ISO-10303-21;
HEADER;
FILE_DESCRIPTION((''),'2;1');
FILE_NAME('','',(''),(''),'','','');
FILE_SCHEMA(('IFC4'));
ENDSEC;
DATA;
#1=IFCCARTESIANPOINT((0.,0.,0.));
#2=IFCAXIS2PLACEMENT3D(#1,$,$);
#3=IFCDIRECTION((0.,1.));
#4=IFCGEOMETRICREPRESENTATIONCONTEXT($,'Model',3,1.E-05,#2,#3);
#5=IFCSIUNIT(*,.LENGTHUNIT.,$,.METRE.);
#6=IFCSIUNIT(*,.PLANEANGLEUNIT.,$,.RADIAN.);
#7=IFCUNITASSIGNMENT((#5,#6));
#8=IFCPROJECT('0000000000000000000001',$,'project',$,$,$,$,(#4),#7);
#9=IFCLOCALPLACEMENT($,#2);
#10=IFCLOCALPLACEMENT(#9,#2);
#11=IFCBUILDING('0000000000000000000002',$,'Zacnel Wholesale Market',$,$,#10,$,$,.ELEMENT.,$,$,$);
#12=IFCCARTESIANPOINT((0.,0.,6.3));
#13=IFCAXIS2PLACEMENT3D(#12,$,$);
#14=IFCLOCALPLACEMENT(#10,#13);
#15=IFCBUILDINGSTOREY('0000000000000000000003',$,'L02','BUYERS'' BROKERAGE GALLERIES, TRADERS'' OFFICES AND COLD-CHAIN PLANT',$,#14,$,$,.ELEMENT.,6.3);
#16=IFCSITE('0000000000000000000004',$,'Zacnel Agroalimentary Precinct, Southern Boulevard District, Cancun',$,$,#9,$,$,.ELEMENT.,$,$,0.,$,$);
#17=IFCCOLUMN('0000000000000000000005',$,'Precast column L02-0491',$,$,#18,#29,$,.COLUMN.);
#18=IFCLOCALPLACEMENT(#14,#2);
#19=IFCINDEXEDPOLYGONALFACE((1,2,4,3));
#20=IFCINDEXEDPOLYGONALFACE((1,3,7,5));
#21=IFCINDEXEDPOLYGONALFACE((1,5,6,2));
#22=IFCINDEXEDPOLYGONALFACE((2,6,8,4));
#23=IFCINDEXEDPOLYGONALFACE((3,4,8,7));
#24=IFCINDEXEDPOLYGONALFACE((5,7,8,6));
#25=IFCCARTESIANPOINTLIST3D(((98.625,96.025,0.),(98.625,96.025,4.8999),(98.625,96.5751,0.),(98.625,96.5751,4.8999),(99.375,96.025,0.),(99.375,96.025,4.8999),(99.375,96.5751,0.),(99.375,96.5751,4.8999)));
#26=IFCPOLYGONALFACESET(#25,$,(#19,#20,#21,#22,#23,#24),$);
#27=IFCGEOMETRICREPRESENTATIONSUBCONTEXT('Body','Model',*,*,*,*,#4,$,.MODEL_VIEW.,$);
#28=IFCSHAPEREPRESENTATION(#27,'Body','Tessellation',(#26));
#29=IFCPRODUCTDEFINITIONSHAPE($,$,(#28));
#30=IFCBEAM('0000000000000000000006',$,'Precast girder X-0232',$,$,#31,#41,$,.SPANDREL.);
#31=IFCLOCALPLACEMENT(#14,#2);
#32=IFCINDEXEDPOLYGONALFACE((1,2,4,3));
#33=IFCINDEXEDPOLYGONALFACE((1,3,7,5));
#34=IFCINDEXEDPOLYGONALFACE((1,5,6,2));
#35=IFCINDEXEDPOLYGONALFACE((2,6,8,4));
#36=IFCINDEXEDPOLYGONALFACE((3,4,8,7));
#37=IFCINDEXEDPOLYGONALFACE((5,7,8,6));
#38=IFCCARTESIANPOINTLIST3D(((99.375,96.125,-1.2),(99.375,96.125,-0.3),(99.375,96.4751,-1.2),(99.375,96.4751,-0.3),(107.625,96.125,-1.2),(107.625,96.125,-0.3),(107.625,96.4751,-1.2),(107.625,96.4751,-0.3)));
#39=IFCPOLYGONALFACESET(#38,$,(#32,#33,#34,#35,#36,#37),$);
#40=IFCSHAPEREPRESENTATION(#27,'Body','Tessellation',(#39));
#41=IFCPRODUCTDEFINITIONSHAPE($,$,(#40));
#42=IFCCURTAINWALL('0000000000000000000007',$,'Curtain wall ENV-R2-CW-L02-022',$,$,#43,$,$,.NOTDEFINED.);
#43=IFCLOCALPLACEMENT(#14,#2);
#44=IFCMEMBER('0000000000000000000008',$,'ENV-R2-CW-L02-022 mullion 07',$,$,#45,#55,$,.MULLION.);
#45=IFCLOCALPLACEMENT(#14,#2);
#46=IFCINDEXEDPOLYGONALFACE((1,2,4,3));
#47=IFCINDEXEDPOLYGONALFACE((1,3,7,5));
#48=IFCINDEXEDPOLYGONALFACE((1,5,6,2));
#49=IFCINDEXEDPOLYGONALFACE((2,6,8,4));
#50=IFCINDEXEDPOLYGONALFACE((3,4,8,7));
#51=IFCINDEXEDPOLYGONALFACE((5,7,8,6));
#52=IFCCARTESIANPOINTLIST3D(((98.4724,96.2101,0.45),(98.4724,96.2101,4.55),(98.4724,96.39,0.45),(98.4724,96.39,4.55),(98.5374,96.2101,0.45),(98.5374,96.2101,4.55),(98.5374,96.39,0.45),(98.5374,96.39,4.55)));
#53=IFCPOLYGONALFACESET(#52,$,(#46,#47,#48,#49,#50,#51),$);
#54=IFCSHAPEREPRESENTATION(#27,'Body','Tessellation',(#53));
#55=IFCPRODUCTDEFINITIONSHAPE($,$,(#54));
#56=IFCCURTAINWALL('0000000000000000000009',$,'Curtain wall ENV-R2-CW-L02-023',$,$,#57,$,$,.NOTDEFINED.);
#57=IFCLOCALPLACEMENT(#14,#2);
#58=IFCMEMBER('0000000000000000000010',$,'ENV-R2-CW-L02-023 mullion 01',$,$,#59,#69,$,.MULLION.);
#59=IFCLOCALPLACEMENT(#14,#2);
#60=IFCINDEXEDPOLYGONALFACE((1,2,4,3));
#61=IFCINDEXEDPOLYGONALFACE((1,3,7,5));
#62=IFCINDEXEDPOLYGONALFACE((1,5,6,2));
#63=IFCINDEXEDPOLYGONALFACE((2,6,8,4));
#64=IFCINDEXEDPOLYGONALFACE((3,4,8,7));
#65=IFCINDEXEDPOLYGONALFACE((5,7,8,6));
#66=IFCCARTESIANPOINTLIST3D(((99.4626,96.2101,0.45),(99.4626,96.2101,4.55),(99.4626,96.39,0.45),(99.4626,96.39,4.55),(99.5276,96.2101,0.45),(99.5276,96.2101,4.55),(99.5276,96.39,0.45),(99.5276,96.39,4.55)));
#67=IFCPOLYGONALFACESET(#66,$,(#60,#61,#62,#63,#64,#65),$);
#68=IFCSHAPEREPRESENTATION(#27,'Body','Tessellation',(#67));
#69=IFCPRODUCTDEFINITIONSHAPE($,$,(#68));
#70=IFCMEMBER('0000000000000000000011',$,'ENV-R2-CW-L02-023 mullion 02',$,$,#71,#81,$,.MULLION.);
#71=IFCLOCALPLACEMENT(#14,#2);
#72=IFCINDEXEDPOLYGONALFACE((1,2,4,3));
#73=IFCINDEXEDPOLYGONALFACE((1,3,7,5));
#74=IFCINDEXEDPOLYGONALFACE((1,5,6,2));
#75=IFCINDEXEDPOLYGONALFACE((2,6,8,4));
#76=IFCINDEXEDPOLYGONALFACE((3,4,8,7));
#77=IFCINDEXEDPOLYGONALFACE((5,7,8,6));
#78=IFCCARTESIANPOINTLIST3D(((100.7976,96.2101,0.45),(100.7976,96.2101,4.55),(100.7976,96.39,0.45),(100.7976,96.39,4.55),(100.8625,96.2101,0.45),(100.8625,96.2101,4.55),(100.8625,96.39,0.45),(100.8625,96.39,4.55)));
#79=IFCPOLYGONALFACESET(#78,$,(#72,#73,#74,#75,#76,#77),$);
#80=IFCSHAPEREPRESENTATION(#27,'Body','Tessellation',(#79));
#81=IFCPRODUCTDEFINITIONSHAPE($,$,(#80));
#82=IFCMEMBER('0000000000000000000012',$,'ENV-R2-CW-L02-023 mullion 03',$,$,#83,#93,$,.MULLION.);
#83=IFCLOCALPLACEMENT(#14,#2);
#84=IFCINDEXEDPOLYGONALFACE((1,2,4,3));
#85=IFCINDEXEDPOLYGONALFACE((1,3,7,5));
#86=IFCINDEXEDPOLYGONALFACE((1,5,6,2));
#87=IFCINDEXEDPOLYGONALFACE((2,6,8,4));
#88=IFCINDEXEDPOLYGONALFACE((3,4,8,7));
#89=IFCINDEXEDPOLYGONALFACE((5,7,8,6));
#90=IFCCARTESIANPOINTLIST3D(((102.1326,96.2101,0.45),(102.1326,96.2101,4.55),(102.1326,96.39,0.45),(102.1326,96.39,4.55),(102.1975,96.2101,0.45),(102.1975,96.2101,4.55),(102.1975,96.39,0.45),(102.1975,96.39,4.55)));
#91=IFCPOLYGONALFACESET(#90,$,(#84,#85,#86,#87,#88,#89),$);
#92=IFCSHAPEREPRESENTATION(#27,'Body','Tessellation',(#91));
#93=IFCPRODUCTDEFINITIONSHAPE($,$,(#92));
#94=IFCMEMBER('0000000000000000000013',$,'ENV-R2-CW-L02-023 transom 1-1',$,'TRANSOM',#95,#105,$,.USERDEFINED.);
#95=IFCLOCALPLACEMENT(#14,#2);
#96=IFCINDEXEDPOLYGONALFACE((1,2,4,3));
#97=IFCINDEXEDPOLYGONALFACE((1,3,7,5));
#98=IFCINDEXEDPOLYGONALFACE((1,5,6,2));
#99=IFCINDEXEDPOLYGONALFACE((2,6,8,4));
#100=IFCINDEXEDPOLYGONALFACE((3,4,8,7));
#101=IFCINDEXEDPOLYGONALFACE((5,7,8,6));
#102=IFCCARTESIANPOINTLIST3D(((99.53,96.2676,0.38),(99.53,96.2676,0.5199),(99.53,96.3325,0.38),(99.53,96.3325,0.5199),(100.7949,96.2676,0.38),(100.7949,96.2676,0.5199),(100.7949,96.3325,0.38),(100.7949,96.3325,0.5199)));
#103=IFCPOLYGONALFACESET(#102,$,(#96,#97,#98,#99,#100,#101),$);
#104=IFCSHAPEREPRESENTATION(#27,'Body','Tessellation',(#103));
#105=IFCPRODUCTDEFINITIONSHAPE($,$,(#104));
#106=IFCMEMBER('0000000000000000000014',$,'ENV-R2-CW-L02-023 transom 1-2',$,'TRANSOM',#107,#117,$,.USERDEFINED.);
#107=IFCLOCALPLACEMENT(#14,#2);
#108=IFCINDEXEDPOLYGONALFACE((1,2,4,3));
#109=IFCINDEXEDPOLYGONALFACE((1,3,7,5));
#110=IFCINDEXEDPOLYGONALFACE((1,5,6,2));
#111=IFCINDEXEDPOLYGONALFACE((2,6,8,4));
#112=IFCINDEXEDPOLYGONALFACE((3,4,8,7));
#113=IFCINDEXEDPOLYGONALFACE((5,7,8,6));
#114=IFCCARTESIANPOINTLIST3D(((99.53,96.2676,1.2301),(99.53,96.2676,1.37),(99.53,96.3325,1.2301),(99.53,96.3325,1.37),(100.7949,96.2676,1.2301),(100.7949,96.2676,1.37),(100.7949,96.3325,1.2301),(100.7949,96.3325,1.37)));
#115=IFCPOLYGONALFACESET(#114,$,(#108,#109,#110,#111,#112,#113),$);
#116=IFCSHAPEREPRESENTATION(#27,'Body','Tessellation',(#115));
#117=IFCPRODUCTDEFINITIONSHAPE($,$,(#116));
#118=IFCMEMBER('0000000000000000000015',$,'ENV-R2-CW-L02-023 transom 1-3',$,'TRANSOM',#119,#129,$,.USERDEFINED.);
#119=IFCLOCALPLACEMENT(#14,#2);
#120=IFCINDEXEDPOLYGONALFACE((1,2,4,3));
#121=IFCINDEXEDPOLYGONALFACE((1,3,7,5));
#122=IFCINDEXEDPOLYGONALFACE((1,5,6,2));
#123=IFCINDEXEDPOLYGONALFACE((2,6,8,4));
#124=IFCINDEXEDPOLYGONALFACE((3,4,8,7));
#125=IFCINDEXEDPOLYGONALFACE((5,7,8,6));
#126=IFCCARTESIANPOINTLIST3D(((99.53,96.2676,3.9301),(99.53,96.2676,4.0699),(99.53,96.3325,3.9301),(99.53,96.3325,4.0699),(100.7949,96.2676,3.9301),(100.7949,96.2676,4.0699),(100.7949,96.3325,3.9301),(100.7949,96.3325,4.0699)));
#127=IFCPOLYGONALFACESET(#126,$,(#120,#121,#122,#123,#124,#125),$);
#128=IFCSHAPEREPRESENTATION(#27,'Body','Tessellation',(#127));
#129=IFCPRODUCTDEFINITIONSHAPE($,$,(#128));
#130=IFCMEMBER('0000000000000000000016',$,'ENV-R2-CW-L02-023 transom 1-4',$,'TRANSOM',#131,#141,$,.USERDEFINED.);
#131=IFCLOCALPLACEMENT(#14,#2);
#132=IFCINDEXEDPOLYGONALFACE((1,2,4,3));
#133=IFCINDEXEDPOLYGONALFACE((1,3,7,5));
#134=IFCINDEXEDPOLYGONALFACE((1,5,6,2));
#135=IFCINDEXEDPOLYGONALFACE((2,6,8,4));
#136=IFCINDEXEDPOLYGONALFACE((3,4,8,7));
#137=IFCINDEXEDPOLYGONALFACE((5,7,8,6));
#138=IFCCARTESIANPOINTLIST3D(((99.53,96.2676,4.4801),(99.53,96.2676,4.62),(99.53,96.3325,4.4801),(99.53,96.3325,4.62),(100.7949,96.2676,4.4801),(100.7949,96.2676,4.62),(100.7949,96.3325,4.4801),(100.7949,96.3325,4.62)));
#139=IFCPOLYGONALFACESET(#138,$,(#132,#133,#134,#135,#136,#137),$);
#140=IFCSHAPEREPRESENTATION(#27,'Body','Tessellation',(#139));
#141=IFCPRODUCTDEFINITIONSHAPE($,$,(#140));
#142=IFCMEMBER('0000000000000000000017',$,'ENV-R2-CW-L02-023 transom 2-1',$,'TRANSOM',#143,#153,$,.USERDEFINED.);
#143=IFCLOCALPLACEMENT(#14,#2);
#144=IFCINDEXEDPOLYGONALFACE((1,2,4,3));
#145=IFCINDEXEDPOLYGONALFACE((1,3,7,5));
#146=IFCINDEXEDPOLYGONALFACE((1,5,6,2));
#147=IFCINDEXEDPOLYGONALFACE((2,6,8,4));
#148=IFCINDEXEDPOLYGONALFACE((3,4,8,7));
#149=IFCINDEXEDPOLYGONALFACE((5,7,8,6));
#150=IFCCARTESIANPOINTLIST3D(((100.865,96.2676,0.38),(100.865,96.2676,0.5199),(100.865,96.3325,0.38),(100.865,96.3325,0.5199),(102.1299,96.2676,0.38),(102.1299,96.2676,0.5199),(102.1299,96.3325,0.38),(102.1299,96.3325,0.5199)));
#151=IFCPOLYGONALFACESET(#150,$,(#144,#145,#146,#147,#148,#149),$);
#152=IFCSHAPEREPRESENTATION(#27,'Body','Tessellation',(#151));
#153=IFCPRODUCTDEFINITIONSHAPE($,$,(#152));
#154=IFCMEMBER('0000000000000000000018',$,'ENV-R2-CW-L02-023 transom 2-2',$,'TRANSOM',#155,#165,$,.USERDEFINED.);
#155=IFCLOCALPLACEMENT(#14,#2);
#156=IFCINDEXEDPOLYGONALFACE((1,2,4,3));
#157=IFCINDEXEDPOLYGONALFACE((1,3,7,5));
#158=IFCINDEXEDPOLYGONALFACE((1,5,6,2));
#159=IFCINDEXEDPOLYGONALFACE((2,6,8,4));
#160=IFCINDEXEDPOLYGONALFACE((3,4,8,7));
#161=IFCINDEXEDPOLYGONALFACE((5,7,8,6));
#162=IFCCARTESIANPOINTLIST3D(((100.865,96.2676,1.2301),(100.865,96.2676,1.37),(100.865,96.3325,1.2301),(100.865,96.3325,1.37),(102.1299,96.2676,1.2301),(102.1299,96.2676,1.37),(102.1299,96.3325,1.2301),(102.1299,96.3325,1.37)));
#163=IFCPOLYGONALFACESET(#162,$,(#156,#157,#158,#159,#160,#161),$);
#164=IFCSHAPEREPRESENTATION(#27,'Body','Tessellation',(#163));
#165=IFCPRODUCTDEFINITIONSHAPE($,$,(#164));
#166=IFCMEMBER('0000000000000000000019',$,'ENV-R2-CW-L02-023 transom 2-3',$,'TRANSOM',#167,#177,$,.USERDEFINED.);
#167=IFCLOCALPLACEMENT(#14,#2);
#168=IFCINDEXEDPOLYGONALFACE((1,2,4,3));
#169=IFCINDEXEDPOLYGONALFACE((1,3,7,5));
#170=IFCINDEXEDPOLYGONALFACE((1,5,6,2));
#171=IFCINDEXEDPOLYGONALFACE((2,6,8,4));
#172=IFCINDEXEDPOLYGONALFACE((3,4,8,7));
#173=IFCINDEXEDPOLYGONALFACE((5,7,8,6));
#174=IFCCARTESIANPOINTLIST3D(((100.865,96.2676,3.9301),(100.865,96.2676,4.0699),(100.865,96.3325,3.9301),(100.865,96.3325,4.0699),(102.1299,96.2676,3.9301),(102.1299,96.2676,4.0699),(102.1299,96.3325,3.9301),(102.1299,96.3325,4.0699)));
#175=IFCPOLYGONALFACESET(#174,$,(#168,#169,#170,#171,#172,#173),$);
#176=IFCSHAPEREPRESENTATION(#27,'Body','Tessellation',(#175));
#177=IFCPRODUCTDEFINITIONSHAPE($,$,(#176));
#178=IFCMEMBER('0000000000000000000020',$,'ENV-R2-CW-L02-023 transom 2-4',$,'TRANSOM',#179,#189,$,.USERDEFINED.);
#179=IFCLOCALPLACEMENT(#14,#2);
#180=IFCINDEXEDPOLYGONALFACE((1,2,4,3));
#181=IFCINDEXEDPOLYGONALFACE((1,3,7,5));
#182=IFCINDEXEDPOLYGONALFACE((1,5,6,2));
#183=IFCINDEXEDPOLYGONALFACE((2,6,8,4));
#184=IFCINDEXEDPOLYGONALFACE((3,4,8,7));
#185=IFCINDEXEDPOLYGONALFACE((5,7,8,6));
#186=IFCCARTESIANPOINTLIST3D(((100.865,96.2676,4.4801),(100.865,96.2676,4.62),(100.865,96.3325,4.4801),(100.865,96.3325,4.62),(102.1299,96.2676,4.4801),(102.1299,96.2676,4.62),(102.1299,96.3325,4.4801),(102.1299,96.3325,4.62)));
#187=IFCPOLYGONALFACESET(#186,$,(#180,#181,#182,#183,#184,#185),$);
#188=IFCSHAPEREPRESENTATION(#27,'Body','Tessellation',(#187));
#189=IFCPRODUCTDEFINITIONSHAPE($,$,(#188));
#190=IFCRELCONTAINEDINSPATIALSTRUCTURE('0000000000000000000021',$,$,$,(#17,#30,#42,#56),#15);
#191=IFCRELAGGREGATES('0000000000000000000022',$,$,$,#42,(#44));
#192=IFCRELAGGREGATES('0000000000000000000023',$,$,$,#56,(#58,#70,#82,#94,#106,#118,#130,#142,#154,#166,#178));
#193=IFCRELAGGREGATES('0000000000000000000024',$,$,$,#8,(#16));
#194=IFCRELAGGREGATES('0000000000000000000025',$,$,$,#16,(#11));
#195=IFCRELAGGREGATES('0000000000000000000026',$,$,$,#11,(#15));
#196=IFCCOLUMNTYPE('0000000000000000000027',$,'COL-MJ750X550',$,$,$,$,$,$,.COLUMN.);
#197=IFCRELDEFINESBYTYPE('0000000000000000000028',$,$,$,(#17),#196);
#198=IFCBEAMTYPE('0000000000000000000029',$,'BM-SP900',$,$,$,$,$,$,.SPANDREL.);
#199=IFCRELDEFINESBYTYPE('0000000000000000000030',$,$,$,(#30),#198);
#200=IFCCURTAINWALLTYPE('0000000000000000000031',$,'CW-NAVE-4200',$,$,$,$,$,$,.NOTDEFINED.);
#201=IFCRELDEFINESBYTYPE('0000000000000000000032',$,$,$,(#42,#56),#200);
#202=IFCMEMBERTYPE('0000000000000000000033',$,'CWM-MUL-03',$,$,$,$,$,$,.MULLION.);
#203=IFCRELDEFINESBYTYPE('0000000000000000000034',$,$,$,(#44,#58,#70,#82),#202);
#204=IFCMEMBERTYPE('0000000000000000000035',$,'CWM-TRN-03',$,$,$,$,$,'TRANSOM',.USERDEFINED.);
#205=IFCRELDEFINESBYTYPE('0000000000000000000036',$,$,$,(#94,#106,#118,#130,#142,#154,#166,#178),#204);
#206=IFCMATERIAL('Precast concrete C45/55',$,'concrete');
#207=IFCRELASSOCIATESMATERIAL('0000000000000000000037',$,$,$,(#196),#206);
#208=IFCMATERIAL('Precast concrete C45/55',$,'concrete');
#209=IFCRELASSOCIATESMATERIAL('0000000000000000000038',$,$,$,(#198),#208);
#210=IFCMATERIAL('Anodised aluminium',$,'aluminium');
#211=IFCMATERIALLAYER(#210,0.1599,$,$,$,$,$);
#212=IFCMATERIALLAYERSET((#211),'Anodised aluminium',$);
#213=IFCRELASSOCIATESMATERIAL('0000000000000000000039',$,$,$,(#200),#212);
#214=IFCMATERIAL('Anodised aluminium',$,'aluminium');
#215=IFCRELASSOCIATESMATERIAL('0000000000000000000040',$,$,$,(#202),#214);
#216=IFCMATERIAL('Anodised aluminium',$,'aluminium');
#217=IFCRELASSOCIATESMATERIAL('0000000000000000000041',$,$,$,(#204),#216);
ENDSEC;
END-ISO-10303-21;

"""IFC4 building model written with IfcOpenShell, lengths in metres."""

from ifc_helpers import new_model, si_unit, direction, frame, origin, origin_2d, place, context, subcontext, project, spatial, rectangle, extrude, material, layer, layer_set, material_profile, profile_set, type_object, element, aggregate, save


model = new_model("IFC4")

# Units and contexts
model_context = context("Model", 3, precision=1e-05, world=origin(), true_north=direction((0.0, 1.0)))
body_context = subcontext(model_context, "Body", "Model", "MODEL_VIEW")
ifc_project = project(units=[si_unit("LENGTHUNIT", "METRE"), si_unit("PLANEANGLEUNIT", "RADIAN")], contexts=[model_context])

# Site, building, storey
site_placement = place(None, origin())
site = spatial("IfcSite", under=ifc_project, at=site_placement, Name="Zacnel Agroalimentary Precinct, Southern Boulevard District, Cancun", CompositionType="ELEMENT", RefElevation=0.0)
building_placement = place(site_placement, origin())
building = spatial("IfcBuilding", under=site, at=building_placement, Name="Zacnel Wholesale Market", CompositionType="ELEMENT")
storey_placement = place(building_placement, frame((0.0, 0.0, 6.3)))
storey = spatial("IfcBuildingStorey", under=building, at=storey_placement, Name="L02", Description="BUYERS' BROKERAGE GALLERIES, TRADERS' OFFICES AND COLD-CHAIN PLANT", CompositionType="ELEMENT", Elevation=6.3)

# Column
ifc_material_1 = material(Name="Precast concrete C45/55", Category="concrete")
ifc_material_profile_1 = material_profile(ifc_material_1, rectangle(XDim=0.75, YDim=0.55, at=origin_2d()), Name="PC 750x550")
ifc_profile_set_1 = profile_set([ifc_material_profile_1], Name="Precast concrete C45/55")
column_type = type_object("IfcColumnType", Name="COL-MJ750X550", PredefinedType="COLUMN", material=ifc_profile_set_1)
column_placement = place(storey_placement, frame((99.0, 96.3, 0.0), z_axis=(0.0, 0.0, 1.0), x_axis=(1.0, 0.0, 0.0)))
element("IfcColumn", 1, at=column_placement, inside=storey, type_object=column_type, Name="Precast column L02-0491", PredefinedType="COLUMN", context=body_context, shape_type="SweptSolid", body=[
    extrude(rectangle(XDim=0.75, YDim=0.55, at=origin_2d()), origin(), (0.0, 0.0, 1.0), 4.8999),
])

# Beam
ifc_material_2 = material(Name="Precast concrete C45/55", Category="concrete")
ifc_material_profile_2 = material_profile(ifc_material_2, rectangle(XDim=0.3501, YDim=0.8999, at=origin_2d()), Name="SP 350x900")
ifc_profile_set_2 = profile_set([ifc_material_profile_2], Name="Precast concrete C45/55")
beam_type = type_object("IfcBeamType", Name="BM-SP900", PredefinedType="SPANDREL", material=ifc_profile_set_2)
beam_placement = place(storey_placement, frame((99.375, 96.3, -0.75), z_axis=(1.0, 0.0, 0.0), x_axis=(0.0, 1.0, 0.0)))
element("IfcBeam", 2, at=beam_placement, inside=storey, type_object=beam_type, Name="Precast girder X-0232", PredefinedType="SPANDREL", context=body_context, shape_type="SweptSolid", body=[
    extrude(rectangle(XDim=0.3501, YDim=0.8999, at=origin_2d()), origin(), (0.0, 0.0, 1.0), 8.25),
])

# Curtain wall, member
ifc_material_3 = material(Name="Anodised aluminium", Category="aluminium")
ifc_layer_1 = layer(ifc_material_3, 0.1599)
ifc_layer_set_1 = layer_set([ifc_layer_1], Name="Anodised aluminium")
curtain_wall_type = type_object("IfcCurtainWallType", Name="CW-NAVE-4200", PredefinedType="NOTDEFINED", material=ifc_layer_set_1)
curtain_wall_1_placement = place(storey_placement, origin())
curtain_wall_1 = element("IfcCurtainWall", 3, at=curtain_wall_1_placement, inside=storey, type_object=curtain_wall_type, Name="Curtain wall ENV-R2-CW-L02-022", PredefinedType="NOTDEFINED")
ifc_material_4 = material(Name="Anodised aluminium", Category="aluminium")
ifc_material_profile_3 = material_profile(ifc_material_4, rectangle(XDim=0.0649, YDim=0.1799, at=origin_2d()), Name="AW-MULLION 65x180")
ifc_profile_set_3 = profile_set([ifc_material_profile_3], Name="Anodised aluminium")
member_type_1 = type_object("IfcMemberType", Name="CWM-MUL-03", PredefinedType="MULLION", material=ifc_profile_set_3)
member_1_placement = place(storey_placement, frame((98.5049, 96.3, 0.45), z_axis=(0.0, 0.0, 1.0), x_axis=(1.0, 0.0, 0.0)))
member_1 = element("IfcMember", 4, at=member_1_placement, type_object=member_type_1, Name="ENV-R2-CW-L02-022 mullion 07", PredefinedType="MULLION", context=body_context, shape_type="SweptSolid", body=[
    extrude(rectangle(XDim=0.0649, YDim=0.1799, at=origin_2d()), origin(), (0.0, 0.0, 1.0), 4.1001),
])

# Curtain wall, members
curtain_wall_2_placement = place(storey_placement, origin())
curtain_wall_2 = element("IfcCurtainWall", 5, at=curtain_wall_2_placement, inside=storey, type_object=curtain_wall_type, Name="Curtain wall ENV-R2-CW-L02-023", PredefinedType="NOTDEFINED")
member_2_placement = place(storey_placement, frame((99.4951, 96.3, 0.45), z_axis=(0.0, 0.0, 1.0), x_axis=(1.0, 0.0, 0.0)))
member_2 = element("IfcMember", 6, at=member_2_placement, type_object=member_type_1, Name="ENV-R2-CW-L02-023 mullion 01", PredefinedType="MULLION", context=body_context, shape_type="SweptSolid", body=[
    extrude(rectangle(XDim=0.0649, YDim=0.1799, at=origin_2d()), origin(), (0.0, 0.0, 1.0), 4.1001),
])
member_3_placement = place(storey_placement, frame((100.8301, 96.3, 0.45), z_axis=(0.0, 0.0, 1.0), x_axis=(1.0, 0.0, 0.0)))
member_3 = element("IfcMember", 7, at=member_3_placement, type_object=member_type_1, Name="ENV-R2-CW-L02-023 mullion 02", PredefinedType="MULLION", context=body_context, shape_type="SweptSolid", body=[
    extrude(rectangle(XDim=0.0649, YDim=0.1799, at=origin_2d()), origin(), (0.0, 0.0, 1.0), 4.1001),
])
member_4_placement = place(storey_placement, frame((102.165, 96.3, 0.45), z_axis=(0.0, 0.0, 1.0), x_axis=(1.0, 0.0, 0.0)))
member_4 = element("IfcMember", 8, at=member_4_placement, type_object=member_type_1, Name="ENV-R2-CW-L02-023 mullion 03", PredefinedType="MULLION", context=body_context, shape_type="SweptSolid", body=[
    extrude(rectangle(XDim=0.0649, YDim=0.1799, at=origin_2d()), origin(), (0.0, 0.0, 1.0), 4.1001),
])
ifc_material_5 = material(Name="Anodised aluminium", Category="aluminium")
ifc_material_profile_4 = material_profile(ifc_material_5, rectangle(XDim=0.0649, YDim=0.1399, at=origin_2d()), Name="AW-TRANSOM 65x140")
ifc_profile_set_4 = profile_set([ifc_material_profile_4], Name="Anodised aluminium")
member_type_2 = type_object("IfcMemberType", Name="CWM-TRN-03", ElementType="TRANSOM", PredefinedType="USERDEFINED", material=ifc_profile_set_4)
member_5_placement = place(storey_placement, frame((99.53, 96.3, 0.45), z_axis=(1.0, 0.0, 0.0), x_axis=(0.0, 1.0, 0.0)))
member_5 = element("IfcMember", 9, at=member_5_placement, type_object=member_type_2, Name="ENV-R2-CW-L02-023 transom 1-1", ObjectType="TRANSOM", PredefinedType="USERDEFINED", context=body_context, shape_type="SweptSolid", body=[
    extrude(rectangle(XDim=0.0649, YDim=0.1399, at=origin_2d()), origin(), (0.0, 0.0, 1.0), 1.2649),
])
member_6_placement = place(storey_placement, frame((99.53, 96.3, 1.3), z_axis=(1.0, 0.0, 0.0), x_axis=(0.0, 1.0, 0.0)))
member_6 = element("IfcMember", 10, at=member_6_placement, type_object=member_type_2, Name="ENV-R2-CW-L02-023 transom 1-2", ObjectType="TRANSOM", PredefinedType="USERDEFINED", context=body_context, shape_type="SweptSolid", body=[
    extrude(rectangle(XDim=0.0649, YDim=0.1399, at=origin_2d()), origin(), (0.0, 0.0, 1.0), 1.2649),
])
member_7_placement = place(storey_placement, frame((99.53, 96.3, 4.0), z_axis=(1.0, 0.0, 0.0), x_axis=(0.0, 1.0, 0.0)))
member_7 = element("IfcMember", 11, at=member_7_placement, type_object=member_type_2, Name="ENV-R2-CW-L02-023 transom 1-3", ObjectType="TRANSOM", PredefinedType="USERDEFINED", context=body_context, shape_type="SweptSolid", body=[
    extrude(rectangle(XDim=0.0649, YDim=0.1399, at=origin_2d()), origin(), (0.0, 0.0, 1.0), 1.2649),
])
member_8_placement = place(storey_placement, frame((99.53, 96.3, 4.55), z_axis=(1.0, 0.0, 0.0), x_axis=(0.0, 1.0, 0.0)))
member_8 = element("IfcMember", 12, at=member_8_placement, type_object=member_type_2, Name="ENV-R2-CW-L02-023 transom 1-4", ObjectType="TRANSOM", PredefinedType="USERDEFINED", context=body_context, shape_type="SweptSolid", body=[
    extrude(rectangle(XDim=0.0649, YDim=0.1399, at=origin_2d()), origin(), (0.0, 0.0, 1.0), 1.2649),
])
member_9_placement = place(storey_placement, frame((100.865, 96.3, 0.45), z_axis=(1.0, 0.0, 0.0), x_axis=(0.0, 1.0, 0.0)))
member_9 = element("IfcMember", 13, at=member_9_placement, type_object=member_type_2, Name="ENV-R2-CW-L02-023 transom 2-1", ObjectType="TRANSOM", PredefinedType="USERDEFINED", context=body_context, shape_type="SweptSolid", body=[
    extrude(rectangle(XDim=0.0649, YDim=0.1399, at=origin_2d()), origin(), (0.0, 0.0, 1.0), 1.2649),
])
member_10_placement = place(storey_placement, frame((100.865, 96.3, 1.3), z_axis=(1.0, 0.0, 0.0), x_axis=(0.0, 1.0, 0.0)))
member_10 = element("IfcMember", 14, at=member_10_placement, type_object=member_type_2, Name="ENV-R2-CW-L02-023 transom 2-2", ObjectType="TRANSOM", PredefinedType="USERDEFINED", context=body_context, shape_type="SweptSolid", body=[
    extrude(rectangle(XDim=0.0649, YDim=0.1399, at=origin_2d()), origin(), (0.0, 0.0, 1.0), 1.2649),
])
member_11_placement = place(storey_placement, frame((100.865, 96.3, 4.0), z_axis=(1.0, 0.0, 0.0), x_axis=(0.0, 1.0, 0.0)))
member_11 = element("IfcMember", 15, at=member_11_placement, type_object=member_type_2, Name="ENV-R2-CW-L02-023 transom 2-3", ObjectType="TRANSOM", PredefinedType="USERDEFINED", context=body_context, shape_type="SweptSolid", body=[
    extrude(rectangle(XDim=0.0649, YDim=0.1399, at=origin_2d()), origin(), (0.0, 0.0, 1.0), 1.2649),
])
member_12_placement = place(storey_placement, frame((100.865, 96.3, 4.55), z_axis=(1.0, 0.0, 0.0), x_axis=(0.0, 1.0, 0.0)))
member_12 = element("IfcMember", 16, at=member_12_placement, type_object=member_type_2, Name="ENV-R2-CW-L02-023 transom 2-4", ObjectType="TRANSOM", PredefinedType="USERDEFINED", context=body_context, shape_type="SweptSolid", body=[
    extrude(rectangle(XDim=0.0649, YDim=0.1399, at=origin_2d()), origin(), (0.0, 0.0, 1.0), 1.2649),
])

aggregate(curtain_wall_1, [member_1])
aggregate(curtain_wall_2, [member_2, member_3, member_4, member_5, member_6, member_7, member_8, member_9, member_10, member_11, member_12])

save(model, "model.ifc")
